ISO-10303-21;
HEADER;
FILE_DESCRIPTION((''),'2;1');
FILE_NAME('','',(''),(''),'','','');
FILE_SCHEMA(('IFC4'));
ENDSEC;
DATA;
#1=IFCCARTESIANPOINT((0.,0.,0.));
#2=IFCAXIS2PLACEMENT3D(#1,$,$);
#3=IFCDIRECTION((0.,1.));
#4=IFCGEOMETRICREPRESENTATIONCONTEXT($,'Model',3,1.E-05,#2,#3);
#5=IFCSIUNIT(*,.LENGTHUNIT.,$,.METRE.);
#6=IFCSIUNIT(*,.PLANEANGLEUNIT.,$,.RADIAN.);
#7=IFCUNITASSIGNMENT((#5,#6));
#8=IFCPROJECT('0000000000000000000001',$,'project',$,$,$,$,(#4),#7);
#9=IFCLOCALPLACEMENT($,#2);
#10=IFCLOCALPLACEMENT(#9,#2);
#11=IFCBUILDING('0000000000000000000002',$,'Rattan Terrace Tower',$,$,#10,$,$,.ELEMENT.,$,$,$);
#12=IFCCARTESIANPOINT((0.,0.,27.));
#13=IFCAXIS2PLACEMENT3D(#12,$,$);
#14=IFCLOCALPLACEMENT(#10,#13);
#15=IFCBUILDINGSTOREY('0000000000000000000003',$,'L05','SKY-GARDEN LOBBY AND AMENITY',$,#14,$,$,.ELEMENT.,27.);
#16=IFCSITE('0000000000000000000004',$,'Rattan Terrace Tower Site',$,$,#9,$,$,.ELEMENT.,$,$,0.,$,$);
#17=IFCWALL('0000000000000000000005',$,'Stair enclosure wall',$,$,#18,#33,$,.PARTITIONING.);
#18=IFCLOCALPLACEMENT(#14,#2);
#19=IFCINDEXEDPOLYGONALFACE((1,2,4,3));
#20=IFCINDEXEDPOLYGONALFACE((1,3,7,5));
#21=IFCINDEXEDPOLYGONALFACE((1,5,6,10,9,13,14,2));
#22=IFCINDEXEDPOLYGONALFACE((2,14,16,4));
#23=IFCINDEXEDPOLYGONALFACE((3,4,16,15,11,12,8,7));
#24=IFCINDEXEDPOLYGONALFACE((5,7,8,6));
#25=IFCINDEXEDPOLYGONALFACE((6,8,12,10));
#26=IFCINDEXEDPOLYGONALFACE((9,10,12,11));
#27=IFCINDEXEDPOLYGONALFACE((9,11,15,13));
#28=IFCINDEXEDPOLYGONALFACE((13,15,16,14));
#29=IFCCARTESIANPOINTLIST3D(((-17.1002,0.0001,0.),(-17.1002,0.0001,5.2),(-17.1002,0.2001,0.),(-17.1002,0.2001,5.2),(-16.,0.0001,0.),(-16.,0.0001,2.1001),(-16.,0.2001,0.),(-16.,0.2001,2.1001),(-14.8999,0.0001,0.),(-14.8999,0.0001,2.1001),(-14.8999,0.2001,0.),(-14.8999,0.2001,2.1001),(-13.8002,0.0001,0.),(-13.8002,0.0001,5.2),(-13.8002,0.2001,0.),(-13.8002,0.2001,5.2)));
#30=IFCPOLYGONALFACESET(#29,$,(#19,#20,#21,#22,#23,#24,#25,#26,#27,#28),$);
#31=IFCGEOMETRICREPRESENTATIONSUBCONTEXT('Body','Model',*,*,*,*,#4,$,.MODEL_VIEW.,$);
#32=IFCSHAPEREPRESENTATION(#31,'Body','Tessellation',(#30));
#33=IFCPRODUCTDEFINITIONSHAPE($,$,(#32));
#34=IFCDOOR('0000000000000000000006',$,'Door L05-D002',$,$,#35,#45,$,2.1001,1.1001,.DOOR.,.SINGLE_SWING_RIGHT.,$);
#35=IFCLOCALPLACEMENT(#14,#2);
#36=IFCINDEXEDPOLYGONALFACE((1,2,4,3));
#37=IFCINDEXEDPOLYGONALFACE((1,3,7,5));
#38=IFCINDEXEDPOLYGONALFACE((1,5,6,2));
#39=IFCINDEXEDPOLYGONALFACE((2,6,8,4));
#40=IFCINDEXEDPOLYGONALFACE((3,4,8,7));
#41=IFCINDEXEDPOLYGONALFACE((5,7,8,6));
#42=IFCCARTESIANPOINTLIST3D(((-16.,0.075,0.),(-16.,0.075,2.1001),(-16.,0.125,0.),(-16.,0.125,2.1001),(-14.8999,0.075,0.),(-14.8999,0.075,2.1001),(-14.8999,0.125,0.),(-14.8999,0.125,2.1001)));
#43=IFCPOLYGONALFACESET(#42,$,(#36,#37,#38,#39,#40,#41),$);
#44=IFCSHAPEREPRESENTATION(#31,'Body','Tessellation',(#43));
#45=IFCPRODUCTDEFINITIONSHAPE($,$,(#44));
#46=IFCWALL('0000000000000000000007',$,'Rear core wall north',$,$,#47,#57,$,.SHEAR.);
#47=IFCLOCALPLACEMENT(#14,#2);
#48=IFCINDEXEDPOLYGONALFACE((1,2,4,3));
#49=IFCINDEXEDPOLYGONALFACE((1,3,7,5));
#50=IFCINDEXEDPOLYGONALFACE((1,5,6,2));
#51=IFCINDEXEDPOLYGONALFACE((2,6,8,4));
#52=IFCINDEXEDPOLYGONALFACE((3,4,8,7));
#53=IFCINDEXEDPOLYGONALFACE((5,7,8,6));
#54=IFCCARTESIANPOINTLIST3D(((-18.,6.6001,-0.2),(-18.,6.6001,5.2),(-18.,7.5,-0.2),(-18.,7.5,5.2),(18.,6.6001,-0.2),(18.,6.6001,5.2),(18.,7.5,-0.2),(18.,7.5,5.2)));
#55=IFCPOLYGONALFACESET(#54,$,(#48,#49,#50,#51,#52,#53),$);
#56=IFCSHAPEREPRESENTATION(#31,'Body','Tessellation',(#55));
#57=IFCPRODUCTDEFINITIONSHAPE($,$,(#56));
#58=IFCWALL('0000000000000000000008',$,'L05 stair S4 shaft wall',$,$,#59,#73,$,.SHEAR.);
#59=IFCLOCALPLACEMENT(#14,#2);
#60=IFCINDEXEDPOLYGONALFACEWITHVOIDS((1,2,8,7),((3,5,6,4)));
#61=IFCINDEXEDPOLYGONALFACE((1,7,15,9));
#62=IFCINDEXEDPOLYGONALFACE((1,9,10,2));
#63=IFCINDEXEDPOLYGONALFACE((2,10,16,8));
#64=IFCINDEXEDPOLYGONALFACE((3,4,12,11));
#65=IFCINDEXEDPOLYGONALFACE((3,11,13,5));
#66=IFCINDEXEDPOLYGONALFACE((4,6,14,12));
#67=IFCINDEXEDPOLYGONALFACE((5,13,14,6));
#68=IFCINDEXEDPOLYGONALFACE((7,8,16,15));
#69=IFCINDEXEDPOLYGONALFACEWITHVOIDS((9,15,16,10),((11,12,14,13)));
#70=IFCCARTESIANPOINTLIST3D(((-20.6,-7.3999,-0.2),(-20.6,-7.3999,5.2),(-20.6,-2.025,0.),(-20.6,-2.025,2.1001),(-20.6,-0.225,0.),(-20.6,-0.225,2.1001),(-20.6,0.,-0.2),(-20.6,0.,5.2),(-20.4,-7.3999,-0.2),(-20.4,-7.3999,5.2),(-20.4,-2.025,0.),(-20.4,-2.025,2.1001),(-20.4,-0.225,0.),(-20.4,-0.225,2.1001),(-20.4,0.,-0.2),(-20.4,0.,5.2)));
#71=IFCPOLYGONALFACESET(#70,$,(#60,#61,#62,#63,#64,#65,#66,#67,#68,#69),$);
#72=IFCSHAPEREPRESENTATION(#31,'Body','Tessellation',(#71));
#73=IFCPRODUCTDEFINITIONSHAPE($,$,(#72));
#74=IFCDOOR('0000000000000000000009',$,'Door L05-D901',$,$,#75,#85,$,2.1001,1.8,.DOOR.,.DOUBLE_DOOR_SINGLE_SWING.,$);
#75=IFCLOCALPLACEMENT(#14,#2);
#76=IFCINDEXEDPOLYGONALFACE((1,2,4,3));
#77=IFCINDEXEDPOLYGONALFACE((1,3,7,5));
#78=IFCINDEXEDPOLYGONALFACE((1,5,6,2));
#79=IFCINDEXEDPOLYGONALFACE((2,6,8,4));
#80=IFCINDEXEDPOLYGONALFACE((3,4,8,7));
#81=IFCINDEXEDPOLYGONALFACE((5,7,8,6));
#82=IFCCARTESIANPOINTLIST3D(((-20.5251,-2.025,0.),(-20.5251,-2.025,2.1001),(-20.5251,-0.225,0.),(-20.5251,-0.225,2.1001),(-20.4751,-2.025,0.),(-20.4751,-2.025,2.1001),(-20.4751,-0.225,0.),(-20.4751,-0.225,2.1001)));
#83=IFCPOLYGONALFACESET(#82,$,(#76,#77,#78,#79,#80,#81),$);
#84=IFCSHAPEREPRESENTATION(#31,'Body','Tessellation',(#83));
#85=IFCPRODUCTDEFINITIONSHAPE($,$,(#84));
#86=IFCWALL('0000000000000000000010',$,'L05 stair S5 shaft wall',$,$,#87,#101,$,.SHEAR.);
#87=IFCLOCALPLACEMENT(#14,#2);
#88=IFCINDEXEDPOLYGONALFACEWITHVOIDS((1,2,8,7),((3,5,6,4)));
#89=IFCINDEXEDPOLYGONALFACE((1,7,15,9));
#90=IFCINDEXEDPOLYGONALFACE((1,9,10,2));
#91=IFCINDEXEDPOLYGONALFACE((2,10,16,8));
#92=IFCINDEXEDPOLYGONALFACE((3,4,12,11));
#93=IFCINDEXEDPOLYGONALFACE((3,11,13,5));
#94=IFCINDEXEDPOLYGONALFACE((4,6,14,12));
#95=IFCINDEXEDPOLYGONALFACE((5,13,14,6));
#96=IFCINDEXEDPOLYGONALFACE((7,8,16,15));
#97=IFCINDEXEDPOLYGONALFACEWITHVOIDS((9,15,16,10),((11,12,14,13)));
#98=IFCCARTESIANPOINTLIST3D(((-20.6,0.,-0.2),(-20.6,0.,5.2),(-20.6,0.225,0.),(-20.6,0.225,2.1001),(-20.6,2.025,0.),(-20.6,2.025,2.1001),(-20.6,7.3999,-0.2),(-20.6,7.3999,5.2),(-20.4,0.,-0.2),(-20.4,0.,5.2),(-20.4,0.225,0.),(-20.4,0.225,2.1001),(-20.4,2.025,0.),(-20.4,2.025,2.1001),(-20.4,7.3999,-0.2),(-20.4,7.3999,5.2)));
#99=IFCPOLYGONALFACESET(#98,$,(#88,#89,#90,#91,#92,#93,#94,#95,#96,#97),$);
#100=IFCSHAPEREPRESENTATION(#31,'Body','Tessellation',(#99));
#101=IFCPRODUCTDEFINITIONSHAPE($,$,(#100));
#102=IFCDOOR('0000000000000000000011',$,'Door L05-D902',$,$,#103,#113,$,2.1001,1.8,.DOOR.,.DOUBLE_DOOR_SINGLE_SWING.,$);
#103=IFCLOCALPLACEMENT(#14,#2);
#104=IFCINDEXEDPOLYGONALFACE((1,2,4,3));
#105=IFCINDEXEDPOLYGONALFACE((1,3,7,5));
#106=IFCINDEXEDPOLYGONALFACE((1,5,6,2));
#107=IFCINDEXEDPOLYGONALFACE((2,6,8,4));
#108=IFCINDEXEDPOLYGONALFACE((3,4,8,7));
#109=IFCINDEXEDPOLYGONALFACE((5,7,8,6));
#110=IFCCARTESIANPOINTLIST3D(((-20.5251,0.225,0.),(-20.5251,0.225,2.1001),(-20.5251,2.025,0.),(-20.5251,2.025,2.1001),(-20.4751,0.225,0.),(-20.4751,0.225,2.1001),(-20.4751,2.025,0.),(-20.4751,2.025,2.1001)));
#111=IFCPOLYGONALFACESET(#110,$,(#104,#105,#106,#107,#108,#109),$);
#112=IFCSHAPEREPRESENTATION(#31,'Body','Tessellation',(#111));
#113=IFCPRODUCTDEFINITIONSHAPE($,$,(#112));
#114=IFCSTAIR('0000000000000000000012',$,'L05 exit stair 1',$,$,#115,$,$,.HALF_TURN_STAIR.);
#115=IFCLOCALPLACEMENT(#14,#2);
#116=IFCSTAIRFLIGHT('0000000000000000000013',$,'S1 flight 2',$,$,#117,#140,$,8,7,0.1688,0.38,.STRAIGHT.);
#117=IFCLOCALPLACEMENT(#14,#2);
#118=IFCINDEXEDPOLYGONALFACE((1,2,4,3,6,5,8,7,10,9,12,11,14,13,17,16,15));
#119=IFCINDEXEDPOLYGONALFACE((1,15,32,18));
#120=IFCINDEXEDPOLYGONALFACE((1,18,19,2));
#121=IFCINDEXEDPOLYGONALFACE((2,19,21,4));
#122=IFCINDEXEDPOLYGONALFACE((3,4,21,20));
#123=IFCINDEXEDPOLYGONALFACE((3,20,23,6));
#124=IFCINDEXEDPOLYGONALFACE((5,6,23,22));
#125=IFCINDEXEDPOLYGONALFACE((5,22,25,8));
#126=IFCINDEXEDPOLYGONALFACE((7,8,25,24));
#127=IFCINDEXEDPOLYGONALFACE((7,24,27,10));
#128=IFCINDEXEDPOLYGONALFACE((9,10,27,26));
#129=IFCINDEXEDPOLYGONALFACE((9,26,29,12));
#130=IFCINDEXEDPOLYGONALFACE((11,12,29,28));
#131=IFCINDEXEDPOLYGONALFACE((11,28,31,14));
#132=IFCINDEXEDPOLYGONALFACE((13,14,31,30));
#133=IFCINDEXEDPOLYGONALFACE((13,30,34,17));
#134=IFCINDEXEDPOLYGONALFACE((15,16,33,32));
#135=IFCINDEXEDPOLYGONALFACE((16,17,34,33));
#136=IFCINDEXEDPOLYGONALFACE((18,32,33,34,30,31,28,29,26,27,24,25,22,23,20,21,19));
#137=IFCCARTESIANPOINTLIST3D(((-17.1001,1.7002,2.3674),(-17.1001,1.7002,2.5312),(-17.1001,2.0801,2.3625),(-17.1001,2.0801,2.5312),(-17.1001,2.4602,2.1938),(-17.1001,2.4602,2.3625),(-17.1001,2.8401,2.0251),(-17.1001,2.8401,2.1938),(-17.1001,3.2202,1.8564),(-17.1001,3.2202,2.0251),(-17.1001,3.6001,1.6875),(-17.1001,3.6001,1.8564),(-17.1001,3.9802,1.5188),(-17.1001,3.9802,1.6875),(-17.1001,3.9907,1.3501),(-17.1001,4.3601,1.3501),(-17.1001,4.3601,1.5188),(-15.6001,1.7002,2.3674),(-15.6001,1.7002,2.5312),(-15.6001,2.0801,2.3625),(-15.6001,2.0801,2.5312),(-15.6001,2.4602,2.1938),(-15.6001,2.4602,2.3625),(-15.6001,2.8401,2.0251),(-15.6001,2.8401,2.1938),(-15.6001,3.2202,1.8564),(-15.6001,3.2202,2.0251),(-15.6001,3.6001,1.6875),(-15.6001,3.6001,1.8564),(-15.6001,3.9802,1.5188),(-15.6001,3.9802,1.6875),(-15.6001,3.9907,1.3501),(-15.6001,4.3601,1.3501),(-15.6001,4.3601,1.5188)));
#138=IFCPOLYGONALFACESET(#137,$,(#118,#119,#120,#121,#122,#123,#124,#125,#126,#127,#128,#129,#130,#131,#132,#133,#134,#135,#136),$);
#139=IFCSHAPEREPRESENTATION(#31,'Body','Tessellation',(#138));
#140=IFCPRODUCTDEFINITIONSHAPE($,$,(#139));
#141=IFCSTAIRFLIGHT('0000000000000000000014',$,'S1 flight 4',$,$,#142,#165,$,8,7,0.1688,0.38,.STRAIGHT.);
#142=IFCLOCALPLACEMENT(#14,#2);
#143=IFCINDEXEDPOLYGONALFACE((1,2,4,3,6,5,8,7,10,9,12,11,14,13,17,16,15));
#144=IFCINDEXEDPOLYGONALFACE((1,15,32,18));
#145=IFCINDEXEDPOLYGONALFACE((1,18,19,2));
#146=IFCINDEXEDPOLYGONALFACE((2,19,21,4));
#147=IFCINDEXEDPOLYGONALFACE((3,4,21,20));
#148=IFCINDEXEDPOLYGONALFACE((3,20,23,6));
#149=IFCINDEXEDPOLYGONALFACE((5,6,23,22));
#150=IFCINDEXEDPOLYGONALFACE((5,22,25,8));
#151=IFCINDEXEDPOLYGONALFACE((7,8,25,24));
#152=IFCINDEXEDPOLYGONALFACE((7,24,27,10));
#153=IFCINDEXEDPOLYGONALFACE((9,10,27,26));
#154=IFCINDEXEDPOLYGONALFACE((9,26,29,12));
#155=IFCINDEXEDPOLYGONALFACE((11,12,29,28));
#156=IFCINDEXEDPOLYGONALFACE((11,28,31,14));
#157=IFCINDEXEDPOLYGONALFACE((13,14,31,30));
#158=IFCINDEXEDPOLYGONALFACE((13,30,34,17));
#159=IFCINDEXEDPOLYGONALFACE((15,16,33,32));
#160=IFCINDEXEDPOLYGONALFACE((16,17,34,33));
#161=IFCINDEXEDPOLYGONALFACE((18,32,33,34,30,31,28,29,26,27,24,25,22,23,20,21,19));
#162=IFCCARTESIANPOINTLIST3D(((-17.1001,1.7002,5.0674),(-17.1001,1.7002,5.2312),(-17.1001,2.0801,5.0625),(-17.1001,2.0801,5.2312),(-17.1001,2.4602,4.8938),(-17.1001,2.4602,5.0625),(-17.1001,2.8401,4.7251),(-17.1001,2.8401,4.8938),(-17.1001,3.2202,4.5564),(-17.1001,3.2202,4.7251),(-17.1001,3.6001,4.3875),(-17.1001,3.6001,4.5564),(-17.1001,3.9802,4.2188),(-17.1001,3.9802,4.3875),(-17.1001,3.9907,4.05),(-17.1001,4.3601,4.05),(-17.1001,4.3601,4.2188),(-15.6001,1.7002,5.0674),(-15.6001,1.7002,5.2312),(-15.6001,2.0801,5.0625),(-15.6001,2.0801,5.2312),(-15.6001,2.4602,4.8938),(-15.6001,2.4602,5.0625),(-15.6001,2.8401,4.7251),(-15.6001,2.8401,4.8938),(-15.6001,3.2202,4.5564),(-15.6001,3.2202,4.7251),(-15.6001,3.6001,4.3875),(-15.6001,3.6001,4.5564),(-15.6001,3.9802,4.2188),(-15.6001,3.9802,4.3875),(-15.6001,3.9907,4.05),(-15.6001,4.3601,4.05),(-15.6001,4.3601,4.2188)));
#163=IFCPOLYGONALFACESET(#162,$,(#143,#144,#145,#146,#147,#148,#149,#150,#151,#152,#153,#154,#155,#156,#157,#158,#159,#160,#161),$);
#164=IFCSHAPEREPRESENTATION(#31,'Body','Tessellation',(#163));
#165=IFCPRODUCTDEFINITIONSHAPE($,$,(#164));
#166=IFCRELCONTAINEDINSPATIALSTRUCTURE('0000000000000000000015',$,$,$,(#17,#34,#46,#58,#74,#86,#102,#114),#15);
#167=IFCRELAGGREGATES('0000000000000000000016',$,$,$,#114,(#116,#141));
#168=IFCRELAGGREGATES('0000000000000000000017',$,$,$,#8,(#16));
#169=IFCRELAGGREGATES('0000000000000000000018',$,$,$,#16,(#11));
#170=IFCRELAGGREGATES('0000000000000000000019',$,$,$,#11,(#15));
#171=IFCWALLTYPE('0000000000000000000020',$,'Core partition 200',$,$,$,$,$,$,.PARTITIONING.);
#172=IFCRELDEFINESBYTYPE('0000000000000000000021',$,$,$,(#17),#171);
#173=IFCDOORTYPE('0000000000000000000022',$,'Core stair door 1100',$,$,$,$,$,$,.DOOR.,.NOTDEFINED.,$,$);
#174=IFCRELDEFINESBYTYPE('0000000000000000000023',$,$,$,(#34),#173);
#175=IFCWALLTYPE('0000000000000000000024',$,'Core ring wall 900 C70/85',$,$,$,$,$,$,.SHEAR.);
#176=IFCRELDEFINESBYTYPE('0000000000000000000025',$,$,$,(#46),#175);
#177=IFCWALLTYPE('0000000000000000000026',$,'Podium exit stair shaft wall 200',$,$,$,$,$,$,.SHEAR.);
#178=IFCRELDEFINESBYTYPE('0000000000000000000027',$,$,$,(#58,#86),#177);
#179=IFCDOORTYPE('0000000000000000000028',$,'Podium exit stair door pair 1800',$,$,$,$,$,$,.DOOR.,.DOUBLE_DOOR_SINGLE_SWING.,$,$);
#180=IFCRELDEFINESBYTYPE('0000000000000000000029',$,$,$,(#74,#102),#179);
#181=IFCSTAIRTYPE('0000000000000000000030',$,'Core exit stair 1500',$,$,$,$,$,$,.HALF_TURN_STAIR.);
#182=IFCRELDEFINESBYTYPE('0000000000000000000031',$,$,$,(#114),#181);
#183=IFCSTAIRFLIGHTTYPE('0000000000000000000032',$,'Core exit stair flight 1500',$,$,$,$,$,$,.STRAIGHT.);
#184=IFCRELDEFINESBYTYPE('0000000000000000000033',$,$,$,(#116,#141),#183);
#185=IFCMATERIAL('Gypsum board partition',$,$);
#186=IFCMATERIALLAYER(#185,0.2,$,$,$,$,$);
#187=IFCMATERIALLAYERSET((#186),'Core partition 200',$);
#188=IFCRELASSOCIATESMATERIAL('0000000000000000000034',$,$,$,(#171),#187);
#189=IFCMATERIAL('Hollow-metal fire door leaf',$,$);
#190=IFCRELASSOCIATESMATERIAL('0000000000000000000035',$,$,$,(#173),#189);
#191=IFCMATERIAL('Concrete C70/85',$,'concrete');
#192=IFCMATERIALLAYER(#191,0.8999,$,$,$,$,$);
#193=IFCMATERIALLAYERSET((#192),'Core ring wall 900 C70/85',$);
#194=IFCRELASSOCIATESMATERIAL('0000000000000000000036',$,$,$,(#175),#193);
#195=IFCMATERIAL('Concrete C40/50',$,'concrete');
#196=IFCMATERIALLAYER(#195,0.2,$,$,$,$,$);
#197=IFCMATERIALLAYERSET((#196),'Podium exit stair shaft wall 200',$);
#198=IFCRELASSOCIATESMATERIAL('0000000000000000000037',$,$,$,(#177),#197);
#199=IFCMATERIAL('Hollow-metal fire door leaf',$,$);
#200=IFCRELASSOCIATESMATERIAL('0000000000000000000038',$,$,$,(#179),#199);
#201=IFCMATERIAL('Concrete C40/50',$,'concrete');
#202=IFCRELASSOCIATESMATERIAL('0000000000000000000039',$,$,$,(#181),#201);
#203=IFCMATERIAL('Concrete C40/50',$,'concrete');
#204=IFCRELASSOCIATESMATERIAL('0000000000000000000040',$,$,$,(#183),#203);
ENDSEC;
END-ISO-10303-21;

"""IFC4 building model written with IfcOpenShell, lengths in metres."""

from ifc_helpers import new_model, si_unit, direction, frame, frame_2d, origin, place, context, subcontext, project, spatial, polyline, rectangle, outline, extrude, material, layer, layer_set, type_object, element, fill, aggregate, save


model = new_model("IFC4")

# Units and contexts
model_context = context("Model", 3, precision=1e-05, world=origin(), true_north=direction((0.0, 1.0)))
body_context = subcontext(model_context, "Body", "Model", "MODEL_VIEW")
ifc_project = project(units=[si_unit("LENGTHUNIT", "METRE"), si_unit("PLANEANGLEUNIT", "RADIAN")], contexts=[model_context])

# Site, building, storey
site_placement = place(None, origin())
site = spatial("IfcSite", under=ifc_project, at=site_placement, Name="Rattan Terrace Tower Site", CompositionType="ELEMENT", RefElevation=0.0)
building_placement = place(site_placement, origin())
building = spatial("IfcBuilding", under=site, at=building_placement, Name="Rattan Terrace Tower", CompositionType="ELEMENT")
storey_placement = place(building_placement, frame((0.0, 0.0, 27.0)))
storey = spatial("IfcBuildingStorey", under=building, at=storey_placement, Name="L05", Description="SKY-GARDEN LOBBY AND AMENITY", CompositionType="ELEMENT", Elevation=27.0)

# Wall, opening, door
ifc_material_1 = material(Name="Gypsum board partition")
ifc_layer_1 = layer(ifc_material_1, 0.2)
ifc_layer_set_1 = layer_set([ifc_layer_1], Name="Core partition 200")
wall_type_1 = type_object("IfcWallType", Name="Core partition 200", PredefinedType="PARTITIONING", material=ifc_layer_set_1)
wall_1_placement = place(storey_placement, frame((-17.1001, 0.1001, 0.0), z_axis=(0.0, 0.0, 1.0), x_axis=(1.0, 0.0, 0.0)))
wall_1 = element("IfcWall", 1, at=wall_1_placement, inside=storey, type_object=wall_type_1, Name="Stair enclosure wall", PredefinedType="PARTITIONING", context=body_context, shape_type="SweptSolid", body=[
    extrude(rectangle(XDim=3.3, YDim=0.2, at=frame_2d((1.6499, 0.0))), origin(), (0.0, 0.0, 1.0), 5.2),
])
opening_1_placement = place(wall_1_placement, frame((1.1001, 0.0, 0.0)))
opening_1 = element("IfcOpeningElement", 2, at=opening_1_placement, cuts=wall_1, PredefinedType="OPENING", context=body_context, shape_type="SweptSolid", body=[
    extrude(rectangle(XDim=1.1001, YDim=2.1001, at=frame_2d((0.55, 1.05))), frame((0.0, 0.1106, 0.0), z_axis=(0.0, -1.0, 0.0), x_axis=(1.0, 0.0, 0.0)), (0.0, 0.0, 1.0), 0.2209),
])
ifc_material_2 = material(Name="Hollow-metal fire door leaf")
door_type_1 = type_object("IfcDoorType", Name="Core stair door 1100", OperationType="NOTDEFINED", PredefinedType="DOOR", material=ifc_material_2)
door_1_placement = place(opening_1_placement, origin())
door_1 = element("IfcDoor", 3, at=door_1_placement, inside=storey, type_object=door_type_1, Name="Door L05-D002", OperationType="SINGLE_SWING_RIGHT", OverallHeight=2.1001, OverallWidth=1.1001, PredefinedType="DOOR", context=body_context, shape_type="SweptSolid", body=[
    extrude(rectangle(XDim=1.1001, YDim=2.1001, at=frame_2d((0.55, 1.05))), frame((0.0, 0.0249, 0.0), z_axis=(0.0, -1.0, 0.0), x_axis=(1.0, 0.0, 0.0)), (0.0, 0.0, 1.0), 0.05),
])
fill(opening_1, door_1)

# Wall
ifc_material_3 = material(Name="Concrete C70/85", Category="concrete")
ifc_layer_2 = layer(ifc_material_3, 0.8999)
ifc_layer_set_2 = layer_set([ifc_layer_2], Name="Core ring wall 900 C70/85")
wall_type_2 = type_object("IfcWallType", Name="Core ring wall 900 C70/85", PredefinedType="SHEAR", material=ifc_layer_set_2)
wall_2_placement = place(storey_placement, frame((-18.0, 7.05, -0.2), z_axis=(0.0, 0.0, 1.0), x_axis=(1.0, 0.0, 0.0)))
element("IfcWall", 4, at=wall_2_placement, inside=storey, type_object=wall_type_2, Name="Rear core wall north", PredefinedType="SHEAR", context=body_context, shape_type="SweptSolid", body=[
    extrude(rectangle(XDim=36.0, YDim=0.8999, at=frame_2d((18.0, 0.0))), origin(), (0.0, 0.0, 1.0), 5.3999),
])

# Walls, openings, doors
ifc_material_4 = material(Name="Concrete C40/50", Category="concrete")
ifc_layer_3 = layer(ifc_material_4, 0.2)
ifc_layer_set_3 = layer_set([ifc_layer_3], Name="Podium exit stair shaft wall 200")
wall_type_3 = type_object("IfcWallType", Name="Podium exit stair shaft wall 200", PredefinedType="SHEAR", material=ifc_layer_set_3)
wall_3_placement = place(storey_placement, frame((-20.5, 0.0, -0.2), z_axis=(0.0, 0.0, 1.0), x_axis=(0.0, -1.0, 0.0)))
wall_3 = element("IfcWall", 5, at=wall_3_placement, inside=storey, type_object=wall_type_3, Name="L05 stair S4 shaft wall", PredefinedType="SHEAR", context=body_context, shape_type="SweptSolid", body=[
    extrude(rectangle(XDim=7.3999, YDim=0.2, at=frame_2d((3.7, 0.0))), origin(), (0.0, 0.0, 1.0), 5.3999),
])
opening_2_placement = place(wall_3_placement, frame((0.2251, 0.0, 0.2)))
opening_2 = element("IfcOpeningElement", 6, at=opening_2_placement, cuts=wall_3, PredefinedType="OPENING", context=body_context, shape_type="SweptSolid", body=[
    extrude(rectangle(XDim=1.8, YDim=2.1001, at=frame_2d((0.8999, 1.05))), frame((0.0, 0.1106, 0.0), z_axis=(0.0, -1.0, 0.0), x_axis=(1.0, 0.0, 0.0)), (0.0, 0.0, 1.0), 0.2209),
])
ifc_material_5 = material(Name="Hollow-metal fire door leaf")
door_type_2 = type_object("IfcDoorType", Name="Podium exit stair door pair 1800", OperationType="DOUBLE_DOOR_SINGLE_SWING", PredefinedType="DOOR", material=ifc_material_5)
door_2_placement = place(opening_2_placement, origin())
door_2 = element("IfcDoor", 7, at=door_2_placement, inside=storey, type_object=door_type_2, Name="Door L05-D901", OperationType="DOUBLE_DOOR_SINGLE_SWING", OverallHeight=2.1001, OverallWidth=1.8, PredefinedType="DOOR", context=body_context, shape_type="SweptSolid", body=[
    extrude(rectangle(XDim=1.8, YDim=2.1001, at=frame_2d((0.8999, 1.05))), frame((0.0, 0.0249, 0.0), z_axis=(0.0, -1.0, 0.0), x_axis=(1.0, 0.0, 0.0)), (0.0, 0.0, 1.0), 0.05),
])
fill(opening_2, door_2)
wall_4_placement = place(storey_placement, frame((-20.5, 7.3999, -0.2), z_axis=(0.0, 0.0, 1.0), x_axis=(0.0, -1.0, 0.0)))
wall_4 = element("IfcWall", 8, at=wall_4_placement, inside=storey, type_object=wall_type_3, Name="L05 stair S5 shaft wall", PredefinedType="SHEAR", context=body_context, shape_type="SweptSolid", body=[
    extrude(rectangle(XDim=7.3999, YDim=0.2, at=frame_2d((3.7, 0.0))), origin(), (0.0, 0.0, 1.0), 5.3999),
])
opening_3_placement = place(wall_4_placement, frame((5.375, 0.0, 0.2)))
opening_3 = element("IfcOpeningElement", 9, at=opening_3_placement, cuts=wall_4, PredefinedType="OPENING", context=body_context, shape_type="SweptSolid", body=[
    extrude(rectangle(XDim=1.8, YDim=2.1001, at=frame_2d((0.8999, 1.05))), frame((0.0, 0.1106, 0.0), z_axis=(0.0, -1.0, 0.0), x_axis=(1.0, 0.0, 0.0)), (0.0, 0.0, 1.0), 0.2209),
])
door_3_placement = place(opening_3_placement, origin())
door_3 = element("IfcDoor", 10, at=door_3_placement, inside=storey, type_object=door_type_2, Name="Door L05-D902", OperationType="DOUBLE_DOOR_SINGLE_SWING", OverallHeight=2.1001, OverallWidth=1.8, PredefinedType="DOOR", context=body_context, shape_type="SweptSolid", body=[
    extrude(rectangle(XDim=1.8, YDim=2.1001, at=frame_2d((0.8999, 1.05))), frame((0.0, 0.0249, 0.0), z_axis=(0.0, -1.0, 0.0), x_axis=(1.0, 0.0, 0.0)), (0.0, 0.0, 1.0), 0.05),
])
fill(opening_3, door_3)

# Stair, stair flights
ifc_material_6 = material(Name="Concrete C40/50", Category="concrete")
stair_type = type_object("IfcStairType", Name="Core exit stair 1500", PredefinedType="HALF_TURN_STAIR", material=ifc_material_6)
stair_placement = place(storey_placement, origin())
stair = element("IfcStair", 11, at=stair_placement, inside=storey, type_object=stair_type, Name="L05 exit stair 1", PredefinedType="HALF_TURN_STAIR")
ifc_material_7 = material(Name="Concrete C40/50", Category="concrete")
stair_flight_type = type_object("IfcStairFlightType", Name="Core exit stair flight 1500", PredefinedType="STRAIGHT", material=ifc_material_7)
stair_flight_1_placement = place(storey_placement, frame((-16.3501, 4.3601, 1.3501), z_axis=(0.0, 0.0, 1.0), x_axis=(0.0, -1.0, 0.0)))
stair_flight_1 = element("IfcStairFlight", 12, at=stair_flight_1_placement, type_object=stair_flight_type, Name="S1 flight 2", NumberOfRisers=8, NumberOfTreads=7, PredefinedType="STRAIGHT", RiserHeight=0.1688, TreadLength=0.38, context=body_context, shape_type="SweptSolid", body=[
    extrude(outline(polyline([(0.0, 0.0), (0.0, 0.1687), (0.3799, 0.1687), (0.3799, 0.3374), (0.76, 0.3374), (0.76, 0.5063), (1.1399, 0.5063), (1.1399, 0.675), (1.52, 0.675), (1.52, 0.8438), (1.8999, 0.8438), (1.8999, 1.0125), (2.28, 1.0125), (2.28, 1.1812), (2.6599, 1.1812), (2.6599, 1.3501), (2.6599, 1.0173), (0.3694, 0.0), (0.0, 0.0)])), frame((0.0, 0.75, 0.0), z_axis=(0.0, -1.0, 0.0), x_axis=(1.0, 0.0, 0.0)), (0.0, 0.0, 1.0), 1.5),
])
stair_flight_2_placement = place(storey_placement, frame((-16.3501, 4.3601, 4.05), z_axis=(0.0, 0.0, 1.0), x_axis=(0.0, -1.0, 0.0)))
stair_flight_2 = element("IfcStairFlight", 13, at=stair_flight_2_placement, type_object=stair_flight_type, Name="S1 flight 4", NumberOfRisers=8, NumberOfTreads=7, PredefinedType="STRAIGHT", RiserHeight=0.1688, TreadLength=0.38, context=body_context, shape_type="SweptSolid", body=[
    extrude(outline(polyline([(0.0, 0.0), (0.0, 0.1687), (0.3799, 0.1687), (0.3799, 0.3374), (0.76, 0.3374), (0.76, 0.5063), (1.1399, 0.5063), (1.1399, 0.675), (1.52, 0.675), (1.52, 0.8438), (1.8999, 0.8438), (1.8999, 1.0125), (2.28, 1.0125), (2.28, 1.1812), (2.6599, 1.1812), (2.6599, 1.3501), (2.6599, 1.0173), (0.3694, 0.0), (0.0, 0.0)])), frame((0.0, 0.75, 0.0), z_axis=(0.0, -1.0, 0.0), x_axis=(1.0, 0.0, 0.0)), (0.0, 0.0, 1.0), 1.5),
])
aggregate(stair, [stair_flight_1, stair_flight_2])

save(model, "model.ifc")
